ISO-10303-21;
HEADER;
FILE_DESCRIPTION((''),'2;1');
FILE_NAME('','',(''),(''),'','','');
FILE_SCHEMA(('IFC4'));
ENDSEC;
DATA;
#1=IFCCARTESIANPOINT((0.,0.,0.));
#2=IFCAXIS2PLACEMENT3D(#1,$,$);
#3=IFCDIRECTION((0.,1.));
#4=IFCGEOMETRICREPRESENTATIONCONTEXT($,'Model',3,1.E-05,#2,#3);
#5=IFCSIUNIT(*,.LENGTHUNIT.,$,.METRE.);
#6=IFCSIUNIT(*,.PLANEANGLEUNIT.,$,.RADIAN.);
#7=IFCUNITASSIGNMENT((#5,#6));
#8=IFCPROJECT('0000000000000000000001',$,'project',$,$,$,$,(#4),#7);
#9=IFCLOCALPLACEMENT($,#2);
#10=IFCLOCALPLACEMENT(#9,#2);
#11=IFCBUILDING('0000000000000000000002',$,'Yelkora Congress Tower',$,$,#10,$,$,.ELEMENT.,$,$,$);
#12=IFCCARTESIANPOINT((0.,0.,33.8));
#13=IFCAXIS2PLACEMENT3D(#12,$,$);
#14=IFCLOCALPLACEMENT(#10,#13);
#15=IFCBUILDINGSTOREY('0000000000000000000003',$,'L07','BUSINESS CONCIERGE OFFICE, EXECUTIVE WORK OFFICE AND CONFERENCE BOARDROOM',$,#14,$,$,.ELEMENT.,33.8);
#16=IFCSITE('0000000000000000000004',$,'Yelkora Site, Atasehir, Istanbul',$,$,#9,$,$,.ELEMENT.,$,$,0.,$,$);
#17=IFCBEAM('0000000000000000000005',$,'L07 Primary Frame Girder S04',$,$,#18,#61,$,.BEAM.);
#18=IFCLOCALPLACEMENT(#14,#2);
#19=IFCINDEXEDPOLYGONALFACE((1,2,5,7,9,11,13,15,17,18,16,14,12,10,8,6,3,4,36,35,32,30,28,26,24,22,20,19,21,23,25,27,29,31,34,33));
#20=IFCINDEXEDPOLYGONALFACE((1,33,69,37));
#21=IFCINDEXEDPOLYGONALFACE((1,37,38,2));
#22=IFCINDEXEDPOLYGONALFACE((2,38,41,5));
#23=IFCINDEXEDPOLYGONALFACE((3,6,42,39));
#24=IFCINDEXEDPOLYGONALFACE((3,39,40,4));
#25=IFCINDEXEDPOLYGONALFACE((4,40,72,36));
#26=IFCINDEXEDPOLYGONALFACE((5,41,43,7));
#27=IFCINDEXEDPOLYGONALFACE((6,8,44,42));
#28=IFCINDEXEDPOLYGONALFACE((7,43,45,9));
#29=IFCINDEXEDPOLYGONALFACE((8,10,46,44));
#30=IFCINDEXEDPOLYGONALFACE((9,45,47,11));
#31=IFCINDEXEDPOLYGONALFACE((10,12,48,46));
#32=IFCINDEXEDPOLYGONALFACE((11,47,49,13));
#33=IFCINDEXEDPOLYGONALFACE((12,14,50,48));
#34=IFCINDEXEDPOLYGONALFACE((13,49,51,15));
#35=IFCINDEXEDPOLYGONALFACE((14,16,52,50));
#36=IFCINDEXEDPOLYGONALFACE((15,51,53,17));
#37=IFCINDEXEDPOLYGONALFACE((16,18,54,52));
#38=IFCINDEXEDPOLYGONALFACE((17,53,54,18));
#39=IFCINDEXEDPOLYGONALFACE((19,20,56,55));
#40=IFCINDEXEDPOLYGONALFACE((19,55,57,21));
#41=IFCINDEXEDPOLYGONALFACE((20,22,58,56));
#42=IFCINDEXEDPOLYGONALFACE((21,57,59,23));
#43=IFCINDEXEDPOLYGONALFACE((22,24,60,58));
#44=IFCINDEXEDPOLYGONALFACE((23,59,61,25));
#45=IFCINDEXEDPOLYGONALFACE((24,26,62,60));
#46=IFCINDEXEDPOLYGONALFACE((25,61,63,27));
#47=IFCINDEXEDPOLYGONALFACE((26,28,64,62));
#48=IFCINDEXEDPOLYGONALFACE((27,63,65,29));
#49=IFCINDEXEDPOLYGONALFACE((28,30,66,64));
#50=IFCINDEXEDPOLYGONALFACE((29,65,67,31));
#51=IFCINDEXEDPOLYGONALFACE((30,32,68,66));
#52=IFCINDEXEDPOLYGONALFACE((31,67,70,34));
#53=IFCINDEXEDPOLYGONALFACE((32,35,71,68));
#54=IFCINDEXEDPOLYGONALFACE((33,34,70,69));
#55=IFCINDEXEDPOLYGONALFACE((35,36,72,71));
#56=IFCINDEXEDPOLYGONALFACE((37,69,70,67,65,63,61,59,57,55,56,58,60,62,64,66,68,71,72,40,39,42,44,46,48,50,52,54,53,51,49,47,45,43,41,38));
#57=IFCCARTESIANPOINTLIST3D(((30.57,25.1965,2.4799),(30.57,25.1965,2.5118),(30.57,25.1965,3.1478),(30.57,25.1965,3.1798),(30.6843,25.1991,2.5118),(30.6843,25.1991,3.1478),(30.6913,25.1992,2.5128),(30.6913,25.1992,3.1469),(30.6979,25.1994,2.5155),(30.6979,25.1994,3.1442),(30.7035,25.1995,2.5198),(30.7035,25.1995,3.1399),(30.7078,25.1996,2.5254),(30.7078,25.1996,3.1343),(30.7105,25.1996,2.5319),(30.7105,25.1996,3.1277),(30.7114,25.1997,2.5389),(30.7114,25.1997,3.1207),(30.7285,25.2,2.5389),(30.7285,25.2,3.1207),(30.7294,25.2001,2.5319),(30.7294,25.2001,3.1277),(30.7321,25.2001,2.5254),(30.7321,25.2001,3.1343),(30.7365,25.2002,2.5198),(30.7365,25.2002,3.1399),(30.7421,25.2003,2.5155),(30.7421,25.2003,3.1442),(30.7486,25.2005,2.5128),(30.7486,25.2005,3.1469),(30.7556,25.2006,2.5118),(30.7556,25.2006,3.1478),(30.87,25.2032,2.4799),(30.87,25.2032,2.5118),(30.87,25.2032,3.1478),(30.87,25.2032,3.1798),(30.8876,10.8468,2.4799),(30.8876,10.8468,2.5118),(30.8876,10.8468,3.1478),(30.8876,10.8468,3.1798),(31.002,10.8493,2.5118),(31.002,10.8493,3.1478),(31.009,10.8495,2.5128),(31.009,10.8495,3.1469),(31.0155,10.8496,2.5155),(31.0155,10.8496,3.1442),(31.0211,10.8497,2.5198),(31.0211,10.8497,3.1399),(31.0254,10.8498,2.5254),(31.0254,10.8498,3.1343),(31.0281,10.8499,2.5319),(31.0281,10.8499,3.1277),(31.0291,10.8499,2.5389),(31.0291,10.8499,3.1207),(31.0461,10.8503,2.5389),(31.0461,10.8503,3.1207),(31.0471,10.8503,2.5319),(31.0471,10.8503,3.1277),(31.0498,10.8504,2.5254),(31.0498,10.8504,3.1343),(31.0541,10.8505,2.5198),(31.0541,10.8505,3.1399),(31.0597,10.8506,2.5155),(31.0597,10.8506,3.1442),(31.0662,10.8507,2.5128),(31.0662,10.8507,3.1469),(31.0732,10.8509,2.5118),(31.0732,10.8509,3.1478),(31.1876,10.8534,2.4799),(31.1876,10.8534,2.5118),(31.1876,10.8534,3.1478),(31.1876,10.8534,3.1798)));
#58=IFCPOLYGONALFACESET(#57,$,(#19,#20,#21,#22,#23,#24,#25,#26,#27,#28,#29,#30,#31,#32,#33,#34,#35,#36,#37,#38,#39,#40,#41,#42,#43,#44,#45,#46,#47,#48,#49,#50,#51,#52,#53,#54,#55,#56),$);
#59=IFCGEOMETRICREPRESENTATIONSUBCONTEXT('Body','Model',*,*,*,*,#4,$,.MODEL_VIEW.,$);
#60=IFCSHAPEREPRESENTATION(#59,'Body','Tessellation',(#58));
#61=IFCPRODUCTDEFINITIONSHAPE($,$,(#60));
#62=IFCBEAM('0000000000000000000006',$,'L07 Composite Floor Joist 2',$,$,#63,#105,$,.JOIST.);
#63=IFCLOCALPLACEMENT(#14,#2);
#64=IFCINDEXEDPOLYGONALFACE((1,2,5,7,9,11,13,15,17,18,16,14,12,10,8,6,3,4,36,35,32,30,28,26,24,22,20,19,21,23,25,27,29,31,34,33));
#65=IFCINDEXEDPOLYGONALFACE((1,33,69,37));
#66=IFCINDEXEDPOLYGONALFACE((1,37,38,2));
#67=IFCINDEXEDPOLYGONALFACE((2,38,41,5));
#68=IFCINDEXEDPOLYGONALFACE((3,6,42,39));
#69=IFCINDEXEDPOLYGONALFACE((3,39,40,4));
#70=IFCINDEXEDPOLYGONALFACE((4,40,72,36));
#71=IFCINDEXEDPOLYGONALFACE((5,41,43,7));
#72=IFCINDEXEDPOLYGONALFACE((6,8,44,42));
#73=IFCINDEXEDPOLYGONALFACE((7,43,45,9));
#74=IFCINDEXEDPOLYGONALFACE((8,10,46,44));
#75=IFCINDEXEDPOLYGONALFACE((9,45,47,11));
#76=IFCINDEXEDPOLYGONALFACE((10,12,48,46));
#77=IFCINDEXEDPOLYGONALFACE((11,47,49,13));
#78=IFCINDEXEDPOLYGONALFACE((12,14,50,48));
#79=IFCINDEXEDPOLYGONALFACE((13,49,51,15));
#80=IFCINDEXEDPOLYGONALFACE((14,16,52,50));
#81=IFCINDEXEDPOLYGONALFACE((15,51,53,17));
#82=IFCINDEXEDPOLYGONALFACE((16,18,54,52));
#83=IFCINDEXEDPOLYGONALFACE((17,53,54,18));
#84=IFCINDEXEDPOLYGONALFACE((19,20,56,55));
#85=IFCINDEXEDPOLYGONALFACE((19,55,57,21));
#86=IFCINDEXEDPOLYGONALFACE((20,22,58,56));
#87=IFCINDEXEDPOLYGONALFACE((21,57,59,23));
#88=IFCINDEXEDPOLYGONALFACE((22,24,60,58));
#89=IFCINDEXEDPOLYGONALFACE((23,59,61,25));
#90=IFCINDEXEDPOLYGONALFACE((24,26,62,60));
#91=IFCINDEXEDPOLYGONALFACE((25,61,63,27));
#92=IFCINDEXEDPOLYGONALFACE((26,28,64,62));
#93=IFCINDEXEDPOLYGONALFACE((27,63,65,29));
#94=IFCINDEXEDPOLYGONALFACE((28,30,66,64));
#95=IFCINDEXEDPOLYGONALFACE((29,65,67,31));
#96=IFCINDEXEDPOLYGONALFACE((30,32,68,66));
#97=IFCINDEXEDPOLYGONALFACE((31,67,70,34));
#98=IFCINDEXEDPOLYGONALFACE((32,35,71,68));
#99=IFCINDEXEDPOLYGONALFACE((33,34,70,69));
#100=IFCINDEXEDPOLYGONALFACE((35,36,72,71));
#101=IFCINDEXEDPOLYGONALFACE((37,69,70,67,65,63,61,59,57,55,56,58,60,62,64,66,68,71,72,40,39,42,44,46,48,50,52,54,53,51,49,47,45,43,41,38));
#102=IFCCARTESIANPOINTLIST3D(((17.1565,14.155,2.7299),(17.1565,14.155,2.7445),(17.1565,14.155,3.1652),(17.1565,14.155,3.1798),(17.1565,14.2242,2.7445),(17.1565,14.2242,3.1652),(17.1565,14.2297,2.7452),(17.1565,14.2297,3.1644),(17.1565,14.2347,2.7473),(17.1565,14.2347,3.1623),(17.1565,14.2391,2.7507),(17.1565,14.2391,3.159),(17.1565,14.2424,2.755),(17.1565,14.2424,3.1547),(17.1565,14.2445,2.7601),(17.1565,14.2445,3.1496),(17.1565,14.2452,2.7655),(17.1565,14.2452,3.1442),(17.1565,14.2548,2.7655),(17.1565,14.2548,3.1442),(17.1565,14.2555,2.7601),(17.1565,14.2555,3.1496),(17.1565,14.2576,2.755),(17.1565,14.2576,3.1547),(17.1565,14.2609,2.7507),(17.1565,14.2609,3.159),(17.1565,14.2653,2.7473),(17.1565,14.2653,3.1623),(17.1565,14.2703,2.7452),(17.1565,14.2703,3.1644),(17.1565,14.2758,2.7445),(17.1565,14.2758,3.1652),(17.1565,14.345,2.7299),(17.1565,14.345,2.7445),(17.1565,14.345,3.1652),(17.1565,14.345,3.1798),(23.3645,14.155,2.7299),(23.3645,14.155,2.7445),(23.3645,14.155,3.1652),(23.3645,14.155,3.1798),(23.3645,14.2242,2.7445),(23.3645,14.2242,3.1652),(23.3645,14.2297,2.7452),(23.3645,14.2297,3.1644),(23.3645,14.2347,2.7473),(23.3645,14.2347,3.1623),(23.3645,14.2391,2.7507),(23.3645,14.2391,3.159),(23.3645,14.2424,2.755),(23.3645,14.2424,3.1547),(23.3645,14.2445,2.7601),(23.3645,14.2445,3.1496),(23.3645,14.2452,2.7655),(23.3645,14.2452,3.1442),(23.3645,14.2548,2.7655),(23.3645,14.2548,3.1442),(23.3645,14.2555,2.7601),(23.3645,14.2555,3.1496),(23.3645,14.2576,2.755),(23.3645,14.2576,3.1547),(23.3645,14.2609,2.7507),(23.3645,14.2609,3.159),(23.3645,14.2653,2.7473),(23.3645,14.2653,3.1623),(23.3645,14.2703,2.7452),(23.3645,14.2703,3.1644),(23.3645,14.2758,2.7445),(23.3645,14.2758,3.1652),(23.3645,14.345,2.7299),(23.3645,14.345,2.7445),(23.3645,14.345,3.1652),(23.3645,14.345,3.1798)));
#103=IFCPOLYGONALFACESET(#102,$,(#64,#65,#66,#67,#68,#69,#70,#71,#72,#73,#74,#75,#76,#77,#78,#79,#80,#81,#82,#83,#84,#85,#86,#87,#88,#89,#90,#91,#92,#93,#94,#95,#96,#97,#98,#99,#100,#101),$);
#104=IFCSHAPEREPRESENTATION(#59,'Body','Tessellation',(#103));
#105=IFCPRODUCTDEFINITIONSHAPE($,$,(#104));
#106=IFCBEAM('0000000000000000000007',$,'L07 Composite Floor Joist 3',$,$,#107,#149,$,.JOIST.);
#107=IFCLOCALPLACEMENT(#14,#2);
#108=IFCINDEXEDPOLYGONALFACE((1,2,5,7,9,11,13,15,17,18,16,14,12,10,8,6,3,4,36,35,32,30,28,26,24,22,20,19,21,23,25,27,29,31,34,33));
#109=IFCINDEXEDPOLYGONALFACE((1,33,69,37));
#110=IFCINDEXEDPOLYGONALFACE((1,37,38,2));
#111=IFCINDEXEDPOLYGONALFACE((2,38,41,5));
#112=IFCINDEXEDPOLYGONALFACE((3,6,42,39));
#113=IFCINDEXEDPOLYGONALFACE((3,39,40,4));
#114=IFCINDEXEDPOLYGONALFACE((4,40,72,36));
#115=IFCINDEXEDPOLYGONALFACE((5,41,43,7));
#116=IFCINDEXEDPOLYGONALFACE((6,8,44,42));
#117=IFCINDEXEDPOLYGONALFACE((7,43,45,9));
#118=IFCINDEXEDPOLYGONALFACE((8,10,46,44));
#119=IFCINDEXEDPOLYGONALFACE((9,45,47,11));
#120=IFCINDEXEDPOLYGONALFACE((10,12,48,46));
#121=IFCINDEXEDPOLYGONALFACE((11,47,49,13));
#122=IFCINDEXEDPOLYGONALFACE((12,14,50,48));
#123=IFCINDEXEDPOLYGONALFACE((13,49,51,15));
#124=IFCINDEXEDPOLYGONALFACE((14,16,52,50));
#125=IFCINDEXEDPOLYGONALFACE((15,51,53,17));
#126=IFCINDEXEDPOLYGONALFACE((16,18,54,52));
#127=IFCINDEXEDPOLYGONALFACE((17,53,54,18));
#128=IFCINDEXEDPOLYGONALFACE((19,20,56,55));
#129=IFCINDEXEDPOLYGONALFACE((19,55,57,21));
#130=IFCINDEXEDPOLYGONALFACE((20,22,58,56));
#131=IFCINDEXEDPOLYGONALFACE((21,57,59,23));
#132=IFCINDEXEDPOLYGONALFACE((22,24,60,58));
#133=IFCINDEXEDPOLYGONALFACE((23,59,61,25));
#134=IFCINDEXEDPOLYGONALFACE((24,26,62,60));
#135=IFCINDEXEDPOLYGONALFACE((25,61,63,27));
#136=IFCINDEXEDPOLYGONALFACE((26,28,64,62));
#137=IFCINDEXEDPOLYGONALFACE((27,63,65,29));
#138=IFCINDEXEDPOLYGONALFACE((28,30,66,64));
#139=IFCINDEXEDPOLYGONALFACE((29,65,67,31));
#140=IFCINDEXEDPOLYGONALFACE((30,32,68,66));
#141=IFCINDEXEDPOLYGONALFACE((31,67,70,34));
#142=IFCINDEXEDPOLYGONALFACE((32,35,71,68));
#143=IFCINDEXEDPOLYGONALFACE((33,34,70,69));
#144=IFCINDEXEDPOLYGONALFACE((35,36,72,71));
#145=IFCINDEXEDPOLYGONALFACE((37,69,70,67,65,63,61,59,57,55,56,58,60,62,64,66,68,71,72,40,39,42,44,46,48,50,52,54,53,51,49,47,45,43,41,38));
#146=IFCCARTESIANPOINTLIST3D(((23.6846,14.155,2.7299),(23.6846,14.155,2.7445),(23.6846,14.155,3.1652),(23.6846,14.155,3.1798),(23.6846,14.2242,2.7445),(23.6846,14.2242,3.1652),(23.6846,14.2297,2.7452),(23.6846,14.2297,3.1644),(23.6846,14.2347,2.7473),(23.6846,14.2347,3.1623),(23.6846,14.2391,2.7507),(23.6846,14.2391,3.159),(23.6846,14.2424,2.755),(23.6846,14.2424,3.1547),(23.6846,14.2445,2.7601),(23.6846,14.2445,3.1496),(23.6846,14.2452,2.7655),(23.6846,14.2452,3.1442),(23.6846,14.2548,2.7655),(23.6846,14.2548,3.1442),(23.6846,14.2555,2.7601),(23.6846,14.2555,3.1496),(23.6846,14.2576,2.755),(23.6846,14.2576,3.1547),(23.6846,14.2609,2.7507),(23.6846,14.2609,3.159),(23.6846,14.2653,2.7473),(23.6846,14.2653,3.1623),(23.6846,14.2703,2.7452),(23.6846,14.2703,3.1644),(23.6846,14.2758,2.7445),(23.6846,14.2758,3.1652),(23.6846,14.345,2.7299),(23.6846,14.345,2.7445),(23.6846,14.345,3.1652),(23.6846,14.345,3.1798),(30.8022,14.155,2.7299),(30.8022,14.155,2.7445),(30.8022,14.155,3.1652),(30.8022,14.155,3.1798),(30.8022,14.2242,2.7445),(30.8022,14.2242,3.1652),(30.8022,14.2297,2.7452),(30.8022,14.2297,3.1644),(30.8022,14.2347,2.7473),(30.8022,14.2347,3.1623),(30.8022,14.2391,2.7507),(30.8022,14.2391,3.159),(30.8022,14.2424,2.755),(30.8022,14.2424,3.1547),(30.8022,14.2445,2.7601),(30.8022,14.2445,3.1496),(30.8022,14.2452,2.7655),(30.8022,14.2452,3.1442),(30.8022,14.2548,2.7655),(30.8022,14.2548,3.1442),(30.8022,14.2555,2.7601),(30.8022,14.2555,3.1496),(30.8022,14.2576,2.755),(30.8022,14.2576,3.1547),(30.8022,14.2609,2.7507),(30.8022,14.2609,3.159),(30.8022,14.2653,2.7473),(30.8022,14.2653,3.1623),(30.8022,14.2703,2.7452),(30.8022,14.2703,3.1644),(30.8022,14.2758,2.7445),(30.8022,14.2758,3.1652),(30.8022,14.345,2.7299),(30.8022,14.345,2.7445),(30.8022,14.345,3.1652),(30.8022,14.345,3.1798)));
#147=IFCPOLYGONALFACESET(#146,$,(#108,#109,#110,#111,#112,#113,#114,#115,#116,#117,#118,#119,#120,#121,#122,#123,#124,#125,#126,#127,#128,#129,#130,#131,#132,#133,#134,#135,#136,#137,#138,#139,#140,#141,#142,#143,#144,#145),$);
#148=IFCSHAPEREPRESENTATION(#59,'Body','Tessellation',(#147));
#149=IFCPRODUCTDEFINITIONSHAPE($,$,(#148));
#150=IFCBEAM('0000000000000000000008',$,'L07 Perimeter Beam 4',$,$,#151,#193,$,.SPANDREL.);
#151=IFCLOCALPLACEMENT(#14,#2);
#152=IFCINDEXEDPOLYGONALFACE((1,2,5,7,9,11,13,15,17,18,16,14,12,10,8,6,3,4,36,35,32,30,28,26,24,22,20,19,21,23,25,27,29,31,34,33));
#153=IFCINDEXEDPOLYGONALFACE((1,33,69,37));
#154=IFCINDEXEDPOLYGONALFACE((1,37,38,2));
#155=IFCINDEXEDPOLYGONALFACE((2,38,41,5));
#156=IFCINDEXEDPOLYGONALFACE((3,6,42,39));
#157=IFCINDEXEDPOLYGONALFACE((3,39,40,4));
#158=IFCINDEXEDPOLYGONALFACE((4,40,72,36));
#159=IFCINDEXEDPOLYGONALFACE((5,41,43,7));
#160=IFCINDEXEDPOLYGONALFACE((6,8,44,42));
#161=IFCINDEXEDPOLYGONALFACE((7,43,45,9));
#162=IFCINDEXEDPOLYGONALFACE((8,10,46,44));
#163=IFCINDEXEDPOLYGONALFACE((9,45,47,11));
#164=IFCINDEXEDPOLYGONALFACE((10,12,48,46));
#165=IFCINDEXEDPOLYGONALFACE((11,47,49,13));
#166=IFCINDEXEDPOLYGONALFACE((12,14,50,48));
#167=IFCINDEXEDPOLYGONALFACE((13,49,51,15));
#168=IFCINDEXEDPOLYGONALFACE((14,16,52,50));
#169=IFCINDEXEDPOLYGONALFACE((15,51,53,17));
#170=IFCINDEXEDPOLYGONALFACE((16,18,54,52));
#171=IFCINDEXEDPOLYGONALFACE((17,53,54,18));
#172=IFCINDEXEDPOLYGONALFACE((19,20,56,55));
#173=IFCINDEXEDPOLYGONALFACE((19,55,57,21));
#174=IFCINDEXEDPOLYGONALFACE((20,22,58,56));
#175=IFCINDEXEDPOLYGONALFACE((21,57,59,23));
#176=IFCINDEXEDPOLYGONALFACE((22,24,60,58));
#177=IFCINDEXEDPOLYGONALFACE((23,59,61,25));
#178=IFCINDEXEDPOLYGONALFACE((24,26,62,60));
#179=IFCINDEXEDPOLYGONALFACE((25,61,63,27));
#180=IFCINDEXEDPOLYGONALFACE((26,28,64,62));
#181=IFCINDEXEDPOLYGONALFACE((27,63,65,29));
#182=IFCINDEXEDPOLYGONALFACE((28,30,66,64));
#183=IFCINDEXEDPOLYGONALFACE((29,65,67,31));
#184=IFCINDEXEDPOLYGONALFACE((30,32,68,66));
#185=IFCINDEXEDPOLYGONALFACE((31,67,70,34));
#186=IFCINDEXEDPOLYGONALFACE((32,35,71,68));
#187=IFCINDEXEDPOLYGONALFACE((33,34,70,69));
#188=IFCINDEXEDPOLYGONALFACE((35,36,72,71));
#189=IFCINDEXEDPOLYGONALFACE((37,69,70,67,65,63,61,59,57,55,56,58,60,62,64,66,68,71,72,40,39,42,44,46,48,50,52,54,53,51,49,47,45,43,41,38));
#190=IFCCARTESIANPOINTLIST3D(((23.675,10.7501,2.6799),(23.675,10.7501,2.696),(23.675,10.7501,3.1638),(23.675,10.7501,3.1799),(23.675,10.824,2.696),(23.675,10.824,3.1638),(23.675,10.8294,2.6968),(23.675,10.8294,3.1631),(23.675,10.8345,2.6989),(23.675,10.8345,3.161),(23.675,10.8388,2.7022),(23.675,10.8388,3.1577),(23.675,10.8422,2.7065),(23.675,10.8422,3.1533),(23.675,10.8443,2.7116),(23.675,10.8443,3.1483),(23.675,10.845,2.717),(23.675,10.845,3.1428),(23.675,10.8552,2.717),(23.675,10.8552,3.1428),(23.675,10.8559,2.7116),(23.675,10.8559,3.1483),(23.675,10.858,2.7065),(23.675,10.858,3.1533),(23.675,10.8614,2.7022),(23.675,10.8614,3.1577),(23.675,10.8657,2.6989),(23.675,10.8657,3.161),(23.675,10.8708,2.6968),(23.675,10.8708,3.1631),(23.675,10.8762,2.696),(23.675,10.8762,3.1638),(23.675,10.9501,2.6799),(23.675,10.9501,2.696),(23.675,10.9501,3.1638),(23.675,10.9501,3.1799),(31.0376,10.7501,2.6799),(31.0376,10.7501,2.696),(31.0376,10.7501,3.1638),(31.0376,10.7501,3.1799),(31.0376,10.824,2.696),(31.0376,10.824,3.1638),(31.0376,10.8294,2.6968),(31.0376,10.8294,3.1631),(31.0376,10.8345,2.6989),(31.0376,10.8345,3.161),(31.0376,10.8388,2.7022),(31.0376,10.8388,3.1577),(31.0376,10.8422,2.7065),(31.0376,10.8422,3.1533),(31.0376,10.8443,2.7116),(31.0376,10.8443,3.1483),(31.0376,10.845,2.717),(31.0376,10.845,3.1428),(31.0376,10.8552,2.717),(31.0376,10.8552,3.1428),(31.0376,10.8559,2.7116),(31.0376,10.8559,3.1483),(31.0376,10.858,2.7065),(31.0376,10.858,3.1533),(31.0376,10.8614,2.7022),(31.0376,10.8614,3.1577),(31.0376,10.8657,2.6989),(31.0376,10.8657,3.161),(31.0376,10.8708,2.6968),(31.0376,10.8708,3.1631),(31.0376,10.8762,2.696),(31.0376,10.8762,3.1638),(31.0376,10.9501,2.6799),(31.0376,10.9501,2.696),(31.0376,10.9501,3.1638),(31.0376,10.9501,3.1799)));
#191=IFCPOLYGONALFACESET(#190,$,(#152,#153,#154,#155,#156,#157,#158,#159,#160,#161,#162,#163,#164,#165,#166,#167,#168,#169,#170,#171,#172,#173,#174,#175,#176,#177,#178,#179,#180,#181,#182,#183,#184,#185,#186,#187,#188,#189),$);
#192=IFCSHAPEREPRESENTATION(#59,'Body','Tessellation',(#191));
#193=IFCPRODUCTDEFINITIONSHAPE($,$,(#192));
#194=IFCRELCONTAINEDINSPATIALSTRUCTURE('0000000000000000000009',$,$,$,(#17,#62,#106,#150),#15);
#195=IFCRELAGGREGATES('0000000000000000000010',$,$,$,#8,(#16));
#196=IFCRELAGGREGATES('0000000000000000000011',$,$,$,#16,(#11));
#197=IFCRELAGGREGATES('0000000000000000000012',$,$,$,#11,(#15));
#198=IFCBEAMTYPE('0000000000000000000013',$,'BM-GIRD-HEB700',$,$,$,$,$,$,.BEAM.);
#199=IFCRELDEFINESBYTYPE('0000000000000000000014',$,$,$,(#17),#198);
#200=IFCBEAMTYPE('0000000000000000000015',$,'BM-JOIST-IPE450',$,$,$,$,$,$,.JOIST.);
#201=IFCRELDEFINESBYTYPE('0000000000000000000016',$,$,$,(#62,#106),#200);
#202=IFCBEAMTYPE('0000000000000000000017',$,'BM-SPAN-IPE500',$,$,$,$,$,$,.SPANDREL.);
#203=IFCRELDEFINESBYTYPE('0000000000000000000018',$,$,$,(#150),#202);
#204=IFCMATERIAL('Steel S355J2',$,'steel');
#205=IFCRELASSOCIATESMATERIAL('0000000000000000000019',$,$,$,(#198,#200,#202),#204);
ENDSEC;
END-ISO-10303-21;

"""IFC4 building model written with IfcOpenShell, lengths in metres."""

from ifc_helpers import new_model, si_unit, direction, frame, origin, origin_2d, place, context, subcontext, project, spatial, i_section, extrude, material, material_profile, profile_set, type_object, element, save


model = new_model("IFC4")

# Units and contexts
model_context = context("Model", 3, precision=1e-05, world=origin(), true_north=direction((0.0, 1.0)))
body_context = subcontext(model_context, "Body", "Model", "MODEL_VIEW")
ifc_project = project(units=[si_unit("LENGTHUNIT", "METRE"), si_unit("PLANEANGLEUNIT", "RADIAN")], contexts=[model_context])

# Site, building, storey
site_placement = place(None, origin())
site = spatial("IfcSite", under=ifc_project, at=site_placement, Name="Yelkora Site, Atasehir, Istanbul", CompositionType="ELEMENT", RefElevation=0.0)
building_placement = place(site_placement, origin())
building = spatial("IfcBuilding", under=site, at=building_placement, Name="Yelkora Congress Tower", CompositionType="ELEMENT")
storey_placement = place(building_placement, frame((0.0, 0.0, 33.8)))
storey = spatial("IfcBuildingStorey", under=building, at=storey_placement, Name="L07", Description="BUSINESS CONCIERGE OFFICE, EXECUTIVE WORK OFFICE AND CONFERENCE BOARDROOM", CompositionType="ELEMENT", Elevation=33.8)

# Beams
ifc_material_1 = material(Name="Steel S355J2", Category="steel")
ifc_material_profile_1 = material_profile(ifc_material_1, i_section(OverallWidth=0.3, OverallDepth=0.7, WebThickness=0.0171, FlangeThickness=0.032, FilletRadius=0.0271, at=origin_2d()), Name="HEB 700")
ifc_profile_set_1 = profile_set([ifc_material_profile_1], Name="Steel S355J2")
beam_type_1 = type_object("IfcBeamType", Name="BM-GIRD-HEB700", PredefinedType="BEAM", material=ifc_profile_set_1)
beam_1_placement = place(storey_placement, frame((31.0376, 10.8501, 2.8298), z_axis=(-0.022129, 0.999755, 0.0), x_axis=(-0.999755, -0.022129, 0.0)))
element("IfcBeam", 1, at=beam_1_placement, inside=storey, type_object=beam_type_1, Name="L07 Primary Frame Girder S04", PredefinedType="BEAM", context=body_context, shape_type="SweptSolid", body=[
    extrude(i_section(OverallWidth=0.3, OverallDepth=0.7, WebThickness=0.0171, FlangeThickness=0.032, FilletRadius=0.0271, at=origin_2d()), origin(), (0.0, 0.0, 1.0), 14.3533),
])
ifc_material_profile_2 = material_profile(ifc_material_1, i_section(OverallWidth=0.1899, OverallDepth=0.45, WebThickness=0.0095, FlangeThickness=0.0146, FilletRadius=0.021, at=origin_2d()), Name="IPE 450")
ifc_profile_set_2 = profile_set([ifc_material_profile_2], Name="Steel S355J2")
beam_type_2 = type_object("IfcBeamType", Name="BM-JOIST-IPE450", PredefinedType="JOIST", material=ifc_profile_set_2)
beam_2_placement = place(storey_placement, frame((17.1565, 14.25, 2.9548), z_axis=(1.0, 0.0, 0.0), x_axis=(0.0, 1.0, 0.0)))
element("IfcBeam", 2, at=beam_2_placement, inside=storey, type_object=beam_type_2, Name="L07 Composite Floor Joist 2", PredefinedType="JOIST", context=body_context, shape_type="SweptSolid", body=[
    extrude(i_section(OverallWidth=0.1899, OverallDepth=0.45, WebThickness=0.0095, FlangeThickness=0.0146, FilletRadius=0.021, at=origin_2d()), origin(), (0.0, 0.0, 1.0), 6.208),
])
beam_3_placement = place(storey_placement, frame((23.6846, 14.25, 2.9548), z_axis=(1.0, 0.0, 0.0), x_axis=(0.0, 1.0, 0.0)))
element("IfcBeam", 3, at=beam_3_placement, inside=storey, type_object=beam_type_2, Name="L07 Composite Floor Joist 3", PredefinedType="JOIST", context=body_context, shape_type="SweptSolid", body=[
    extrude(i_section(OverallWidth=0.1899, OverallDepth=0.45, WebThickness=0.0095, FlangeThickness=0.0146, FilletRadius=0.021, at=origin_2d()), origin(), (0.0, 0.0, 1.0), 7.1177),
])
ifc_material_profile_3 = material_profile(ifc_material_1, i_section(OverallWidth=0.2, OverallDepth=0.5, WebThickness=0.0103, FlangeThickness=0.0161, FilletRadius=0.021, at=origin_2d()), Name="IPE 500")
ifc_profile_set_3 = profile_set([ifc_material_profile_3], Name="Steel S355J2")
beam_type_3 = type_object("IfcBeamType", Name="BM-SPAN-IPE500", PredefinedType="SPANDREL", material=ifc_profile_set_3)
beam_4_placement = place(storey_placement, frame((23.675, 10.8501, 2.9299), z_axis=(1.0, 0.0, 0.0), x_axis=(0.0, 1.0, 0.0)))
element("IfcBeam", 4, at=beam_4_placement, inside=storey, type_object=beam_type_3, Name="L07 Perimeter Beam 4", PredefinedType="SPANDREL", context=body_context, shape_type="SweptSolid", body=[
    extrude(i_section(OverallWidth=0.2, OverallDepth=0.5, WebThickness=0.0103, FlangeThickness=0.0161, FilletRadius=0.021, at=origin_2d()), origin(), (0.0, 0.0, 1.0), 7.3625),
])

save(model, "model.ifc")
